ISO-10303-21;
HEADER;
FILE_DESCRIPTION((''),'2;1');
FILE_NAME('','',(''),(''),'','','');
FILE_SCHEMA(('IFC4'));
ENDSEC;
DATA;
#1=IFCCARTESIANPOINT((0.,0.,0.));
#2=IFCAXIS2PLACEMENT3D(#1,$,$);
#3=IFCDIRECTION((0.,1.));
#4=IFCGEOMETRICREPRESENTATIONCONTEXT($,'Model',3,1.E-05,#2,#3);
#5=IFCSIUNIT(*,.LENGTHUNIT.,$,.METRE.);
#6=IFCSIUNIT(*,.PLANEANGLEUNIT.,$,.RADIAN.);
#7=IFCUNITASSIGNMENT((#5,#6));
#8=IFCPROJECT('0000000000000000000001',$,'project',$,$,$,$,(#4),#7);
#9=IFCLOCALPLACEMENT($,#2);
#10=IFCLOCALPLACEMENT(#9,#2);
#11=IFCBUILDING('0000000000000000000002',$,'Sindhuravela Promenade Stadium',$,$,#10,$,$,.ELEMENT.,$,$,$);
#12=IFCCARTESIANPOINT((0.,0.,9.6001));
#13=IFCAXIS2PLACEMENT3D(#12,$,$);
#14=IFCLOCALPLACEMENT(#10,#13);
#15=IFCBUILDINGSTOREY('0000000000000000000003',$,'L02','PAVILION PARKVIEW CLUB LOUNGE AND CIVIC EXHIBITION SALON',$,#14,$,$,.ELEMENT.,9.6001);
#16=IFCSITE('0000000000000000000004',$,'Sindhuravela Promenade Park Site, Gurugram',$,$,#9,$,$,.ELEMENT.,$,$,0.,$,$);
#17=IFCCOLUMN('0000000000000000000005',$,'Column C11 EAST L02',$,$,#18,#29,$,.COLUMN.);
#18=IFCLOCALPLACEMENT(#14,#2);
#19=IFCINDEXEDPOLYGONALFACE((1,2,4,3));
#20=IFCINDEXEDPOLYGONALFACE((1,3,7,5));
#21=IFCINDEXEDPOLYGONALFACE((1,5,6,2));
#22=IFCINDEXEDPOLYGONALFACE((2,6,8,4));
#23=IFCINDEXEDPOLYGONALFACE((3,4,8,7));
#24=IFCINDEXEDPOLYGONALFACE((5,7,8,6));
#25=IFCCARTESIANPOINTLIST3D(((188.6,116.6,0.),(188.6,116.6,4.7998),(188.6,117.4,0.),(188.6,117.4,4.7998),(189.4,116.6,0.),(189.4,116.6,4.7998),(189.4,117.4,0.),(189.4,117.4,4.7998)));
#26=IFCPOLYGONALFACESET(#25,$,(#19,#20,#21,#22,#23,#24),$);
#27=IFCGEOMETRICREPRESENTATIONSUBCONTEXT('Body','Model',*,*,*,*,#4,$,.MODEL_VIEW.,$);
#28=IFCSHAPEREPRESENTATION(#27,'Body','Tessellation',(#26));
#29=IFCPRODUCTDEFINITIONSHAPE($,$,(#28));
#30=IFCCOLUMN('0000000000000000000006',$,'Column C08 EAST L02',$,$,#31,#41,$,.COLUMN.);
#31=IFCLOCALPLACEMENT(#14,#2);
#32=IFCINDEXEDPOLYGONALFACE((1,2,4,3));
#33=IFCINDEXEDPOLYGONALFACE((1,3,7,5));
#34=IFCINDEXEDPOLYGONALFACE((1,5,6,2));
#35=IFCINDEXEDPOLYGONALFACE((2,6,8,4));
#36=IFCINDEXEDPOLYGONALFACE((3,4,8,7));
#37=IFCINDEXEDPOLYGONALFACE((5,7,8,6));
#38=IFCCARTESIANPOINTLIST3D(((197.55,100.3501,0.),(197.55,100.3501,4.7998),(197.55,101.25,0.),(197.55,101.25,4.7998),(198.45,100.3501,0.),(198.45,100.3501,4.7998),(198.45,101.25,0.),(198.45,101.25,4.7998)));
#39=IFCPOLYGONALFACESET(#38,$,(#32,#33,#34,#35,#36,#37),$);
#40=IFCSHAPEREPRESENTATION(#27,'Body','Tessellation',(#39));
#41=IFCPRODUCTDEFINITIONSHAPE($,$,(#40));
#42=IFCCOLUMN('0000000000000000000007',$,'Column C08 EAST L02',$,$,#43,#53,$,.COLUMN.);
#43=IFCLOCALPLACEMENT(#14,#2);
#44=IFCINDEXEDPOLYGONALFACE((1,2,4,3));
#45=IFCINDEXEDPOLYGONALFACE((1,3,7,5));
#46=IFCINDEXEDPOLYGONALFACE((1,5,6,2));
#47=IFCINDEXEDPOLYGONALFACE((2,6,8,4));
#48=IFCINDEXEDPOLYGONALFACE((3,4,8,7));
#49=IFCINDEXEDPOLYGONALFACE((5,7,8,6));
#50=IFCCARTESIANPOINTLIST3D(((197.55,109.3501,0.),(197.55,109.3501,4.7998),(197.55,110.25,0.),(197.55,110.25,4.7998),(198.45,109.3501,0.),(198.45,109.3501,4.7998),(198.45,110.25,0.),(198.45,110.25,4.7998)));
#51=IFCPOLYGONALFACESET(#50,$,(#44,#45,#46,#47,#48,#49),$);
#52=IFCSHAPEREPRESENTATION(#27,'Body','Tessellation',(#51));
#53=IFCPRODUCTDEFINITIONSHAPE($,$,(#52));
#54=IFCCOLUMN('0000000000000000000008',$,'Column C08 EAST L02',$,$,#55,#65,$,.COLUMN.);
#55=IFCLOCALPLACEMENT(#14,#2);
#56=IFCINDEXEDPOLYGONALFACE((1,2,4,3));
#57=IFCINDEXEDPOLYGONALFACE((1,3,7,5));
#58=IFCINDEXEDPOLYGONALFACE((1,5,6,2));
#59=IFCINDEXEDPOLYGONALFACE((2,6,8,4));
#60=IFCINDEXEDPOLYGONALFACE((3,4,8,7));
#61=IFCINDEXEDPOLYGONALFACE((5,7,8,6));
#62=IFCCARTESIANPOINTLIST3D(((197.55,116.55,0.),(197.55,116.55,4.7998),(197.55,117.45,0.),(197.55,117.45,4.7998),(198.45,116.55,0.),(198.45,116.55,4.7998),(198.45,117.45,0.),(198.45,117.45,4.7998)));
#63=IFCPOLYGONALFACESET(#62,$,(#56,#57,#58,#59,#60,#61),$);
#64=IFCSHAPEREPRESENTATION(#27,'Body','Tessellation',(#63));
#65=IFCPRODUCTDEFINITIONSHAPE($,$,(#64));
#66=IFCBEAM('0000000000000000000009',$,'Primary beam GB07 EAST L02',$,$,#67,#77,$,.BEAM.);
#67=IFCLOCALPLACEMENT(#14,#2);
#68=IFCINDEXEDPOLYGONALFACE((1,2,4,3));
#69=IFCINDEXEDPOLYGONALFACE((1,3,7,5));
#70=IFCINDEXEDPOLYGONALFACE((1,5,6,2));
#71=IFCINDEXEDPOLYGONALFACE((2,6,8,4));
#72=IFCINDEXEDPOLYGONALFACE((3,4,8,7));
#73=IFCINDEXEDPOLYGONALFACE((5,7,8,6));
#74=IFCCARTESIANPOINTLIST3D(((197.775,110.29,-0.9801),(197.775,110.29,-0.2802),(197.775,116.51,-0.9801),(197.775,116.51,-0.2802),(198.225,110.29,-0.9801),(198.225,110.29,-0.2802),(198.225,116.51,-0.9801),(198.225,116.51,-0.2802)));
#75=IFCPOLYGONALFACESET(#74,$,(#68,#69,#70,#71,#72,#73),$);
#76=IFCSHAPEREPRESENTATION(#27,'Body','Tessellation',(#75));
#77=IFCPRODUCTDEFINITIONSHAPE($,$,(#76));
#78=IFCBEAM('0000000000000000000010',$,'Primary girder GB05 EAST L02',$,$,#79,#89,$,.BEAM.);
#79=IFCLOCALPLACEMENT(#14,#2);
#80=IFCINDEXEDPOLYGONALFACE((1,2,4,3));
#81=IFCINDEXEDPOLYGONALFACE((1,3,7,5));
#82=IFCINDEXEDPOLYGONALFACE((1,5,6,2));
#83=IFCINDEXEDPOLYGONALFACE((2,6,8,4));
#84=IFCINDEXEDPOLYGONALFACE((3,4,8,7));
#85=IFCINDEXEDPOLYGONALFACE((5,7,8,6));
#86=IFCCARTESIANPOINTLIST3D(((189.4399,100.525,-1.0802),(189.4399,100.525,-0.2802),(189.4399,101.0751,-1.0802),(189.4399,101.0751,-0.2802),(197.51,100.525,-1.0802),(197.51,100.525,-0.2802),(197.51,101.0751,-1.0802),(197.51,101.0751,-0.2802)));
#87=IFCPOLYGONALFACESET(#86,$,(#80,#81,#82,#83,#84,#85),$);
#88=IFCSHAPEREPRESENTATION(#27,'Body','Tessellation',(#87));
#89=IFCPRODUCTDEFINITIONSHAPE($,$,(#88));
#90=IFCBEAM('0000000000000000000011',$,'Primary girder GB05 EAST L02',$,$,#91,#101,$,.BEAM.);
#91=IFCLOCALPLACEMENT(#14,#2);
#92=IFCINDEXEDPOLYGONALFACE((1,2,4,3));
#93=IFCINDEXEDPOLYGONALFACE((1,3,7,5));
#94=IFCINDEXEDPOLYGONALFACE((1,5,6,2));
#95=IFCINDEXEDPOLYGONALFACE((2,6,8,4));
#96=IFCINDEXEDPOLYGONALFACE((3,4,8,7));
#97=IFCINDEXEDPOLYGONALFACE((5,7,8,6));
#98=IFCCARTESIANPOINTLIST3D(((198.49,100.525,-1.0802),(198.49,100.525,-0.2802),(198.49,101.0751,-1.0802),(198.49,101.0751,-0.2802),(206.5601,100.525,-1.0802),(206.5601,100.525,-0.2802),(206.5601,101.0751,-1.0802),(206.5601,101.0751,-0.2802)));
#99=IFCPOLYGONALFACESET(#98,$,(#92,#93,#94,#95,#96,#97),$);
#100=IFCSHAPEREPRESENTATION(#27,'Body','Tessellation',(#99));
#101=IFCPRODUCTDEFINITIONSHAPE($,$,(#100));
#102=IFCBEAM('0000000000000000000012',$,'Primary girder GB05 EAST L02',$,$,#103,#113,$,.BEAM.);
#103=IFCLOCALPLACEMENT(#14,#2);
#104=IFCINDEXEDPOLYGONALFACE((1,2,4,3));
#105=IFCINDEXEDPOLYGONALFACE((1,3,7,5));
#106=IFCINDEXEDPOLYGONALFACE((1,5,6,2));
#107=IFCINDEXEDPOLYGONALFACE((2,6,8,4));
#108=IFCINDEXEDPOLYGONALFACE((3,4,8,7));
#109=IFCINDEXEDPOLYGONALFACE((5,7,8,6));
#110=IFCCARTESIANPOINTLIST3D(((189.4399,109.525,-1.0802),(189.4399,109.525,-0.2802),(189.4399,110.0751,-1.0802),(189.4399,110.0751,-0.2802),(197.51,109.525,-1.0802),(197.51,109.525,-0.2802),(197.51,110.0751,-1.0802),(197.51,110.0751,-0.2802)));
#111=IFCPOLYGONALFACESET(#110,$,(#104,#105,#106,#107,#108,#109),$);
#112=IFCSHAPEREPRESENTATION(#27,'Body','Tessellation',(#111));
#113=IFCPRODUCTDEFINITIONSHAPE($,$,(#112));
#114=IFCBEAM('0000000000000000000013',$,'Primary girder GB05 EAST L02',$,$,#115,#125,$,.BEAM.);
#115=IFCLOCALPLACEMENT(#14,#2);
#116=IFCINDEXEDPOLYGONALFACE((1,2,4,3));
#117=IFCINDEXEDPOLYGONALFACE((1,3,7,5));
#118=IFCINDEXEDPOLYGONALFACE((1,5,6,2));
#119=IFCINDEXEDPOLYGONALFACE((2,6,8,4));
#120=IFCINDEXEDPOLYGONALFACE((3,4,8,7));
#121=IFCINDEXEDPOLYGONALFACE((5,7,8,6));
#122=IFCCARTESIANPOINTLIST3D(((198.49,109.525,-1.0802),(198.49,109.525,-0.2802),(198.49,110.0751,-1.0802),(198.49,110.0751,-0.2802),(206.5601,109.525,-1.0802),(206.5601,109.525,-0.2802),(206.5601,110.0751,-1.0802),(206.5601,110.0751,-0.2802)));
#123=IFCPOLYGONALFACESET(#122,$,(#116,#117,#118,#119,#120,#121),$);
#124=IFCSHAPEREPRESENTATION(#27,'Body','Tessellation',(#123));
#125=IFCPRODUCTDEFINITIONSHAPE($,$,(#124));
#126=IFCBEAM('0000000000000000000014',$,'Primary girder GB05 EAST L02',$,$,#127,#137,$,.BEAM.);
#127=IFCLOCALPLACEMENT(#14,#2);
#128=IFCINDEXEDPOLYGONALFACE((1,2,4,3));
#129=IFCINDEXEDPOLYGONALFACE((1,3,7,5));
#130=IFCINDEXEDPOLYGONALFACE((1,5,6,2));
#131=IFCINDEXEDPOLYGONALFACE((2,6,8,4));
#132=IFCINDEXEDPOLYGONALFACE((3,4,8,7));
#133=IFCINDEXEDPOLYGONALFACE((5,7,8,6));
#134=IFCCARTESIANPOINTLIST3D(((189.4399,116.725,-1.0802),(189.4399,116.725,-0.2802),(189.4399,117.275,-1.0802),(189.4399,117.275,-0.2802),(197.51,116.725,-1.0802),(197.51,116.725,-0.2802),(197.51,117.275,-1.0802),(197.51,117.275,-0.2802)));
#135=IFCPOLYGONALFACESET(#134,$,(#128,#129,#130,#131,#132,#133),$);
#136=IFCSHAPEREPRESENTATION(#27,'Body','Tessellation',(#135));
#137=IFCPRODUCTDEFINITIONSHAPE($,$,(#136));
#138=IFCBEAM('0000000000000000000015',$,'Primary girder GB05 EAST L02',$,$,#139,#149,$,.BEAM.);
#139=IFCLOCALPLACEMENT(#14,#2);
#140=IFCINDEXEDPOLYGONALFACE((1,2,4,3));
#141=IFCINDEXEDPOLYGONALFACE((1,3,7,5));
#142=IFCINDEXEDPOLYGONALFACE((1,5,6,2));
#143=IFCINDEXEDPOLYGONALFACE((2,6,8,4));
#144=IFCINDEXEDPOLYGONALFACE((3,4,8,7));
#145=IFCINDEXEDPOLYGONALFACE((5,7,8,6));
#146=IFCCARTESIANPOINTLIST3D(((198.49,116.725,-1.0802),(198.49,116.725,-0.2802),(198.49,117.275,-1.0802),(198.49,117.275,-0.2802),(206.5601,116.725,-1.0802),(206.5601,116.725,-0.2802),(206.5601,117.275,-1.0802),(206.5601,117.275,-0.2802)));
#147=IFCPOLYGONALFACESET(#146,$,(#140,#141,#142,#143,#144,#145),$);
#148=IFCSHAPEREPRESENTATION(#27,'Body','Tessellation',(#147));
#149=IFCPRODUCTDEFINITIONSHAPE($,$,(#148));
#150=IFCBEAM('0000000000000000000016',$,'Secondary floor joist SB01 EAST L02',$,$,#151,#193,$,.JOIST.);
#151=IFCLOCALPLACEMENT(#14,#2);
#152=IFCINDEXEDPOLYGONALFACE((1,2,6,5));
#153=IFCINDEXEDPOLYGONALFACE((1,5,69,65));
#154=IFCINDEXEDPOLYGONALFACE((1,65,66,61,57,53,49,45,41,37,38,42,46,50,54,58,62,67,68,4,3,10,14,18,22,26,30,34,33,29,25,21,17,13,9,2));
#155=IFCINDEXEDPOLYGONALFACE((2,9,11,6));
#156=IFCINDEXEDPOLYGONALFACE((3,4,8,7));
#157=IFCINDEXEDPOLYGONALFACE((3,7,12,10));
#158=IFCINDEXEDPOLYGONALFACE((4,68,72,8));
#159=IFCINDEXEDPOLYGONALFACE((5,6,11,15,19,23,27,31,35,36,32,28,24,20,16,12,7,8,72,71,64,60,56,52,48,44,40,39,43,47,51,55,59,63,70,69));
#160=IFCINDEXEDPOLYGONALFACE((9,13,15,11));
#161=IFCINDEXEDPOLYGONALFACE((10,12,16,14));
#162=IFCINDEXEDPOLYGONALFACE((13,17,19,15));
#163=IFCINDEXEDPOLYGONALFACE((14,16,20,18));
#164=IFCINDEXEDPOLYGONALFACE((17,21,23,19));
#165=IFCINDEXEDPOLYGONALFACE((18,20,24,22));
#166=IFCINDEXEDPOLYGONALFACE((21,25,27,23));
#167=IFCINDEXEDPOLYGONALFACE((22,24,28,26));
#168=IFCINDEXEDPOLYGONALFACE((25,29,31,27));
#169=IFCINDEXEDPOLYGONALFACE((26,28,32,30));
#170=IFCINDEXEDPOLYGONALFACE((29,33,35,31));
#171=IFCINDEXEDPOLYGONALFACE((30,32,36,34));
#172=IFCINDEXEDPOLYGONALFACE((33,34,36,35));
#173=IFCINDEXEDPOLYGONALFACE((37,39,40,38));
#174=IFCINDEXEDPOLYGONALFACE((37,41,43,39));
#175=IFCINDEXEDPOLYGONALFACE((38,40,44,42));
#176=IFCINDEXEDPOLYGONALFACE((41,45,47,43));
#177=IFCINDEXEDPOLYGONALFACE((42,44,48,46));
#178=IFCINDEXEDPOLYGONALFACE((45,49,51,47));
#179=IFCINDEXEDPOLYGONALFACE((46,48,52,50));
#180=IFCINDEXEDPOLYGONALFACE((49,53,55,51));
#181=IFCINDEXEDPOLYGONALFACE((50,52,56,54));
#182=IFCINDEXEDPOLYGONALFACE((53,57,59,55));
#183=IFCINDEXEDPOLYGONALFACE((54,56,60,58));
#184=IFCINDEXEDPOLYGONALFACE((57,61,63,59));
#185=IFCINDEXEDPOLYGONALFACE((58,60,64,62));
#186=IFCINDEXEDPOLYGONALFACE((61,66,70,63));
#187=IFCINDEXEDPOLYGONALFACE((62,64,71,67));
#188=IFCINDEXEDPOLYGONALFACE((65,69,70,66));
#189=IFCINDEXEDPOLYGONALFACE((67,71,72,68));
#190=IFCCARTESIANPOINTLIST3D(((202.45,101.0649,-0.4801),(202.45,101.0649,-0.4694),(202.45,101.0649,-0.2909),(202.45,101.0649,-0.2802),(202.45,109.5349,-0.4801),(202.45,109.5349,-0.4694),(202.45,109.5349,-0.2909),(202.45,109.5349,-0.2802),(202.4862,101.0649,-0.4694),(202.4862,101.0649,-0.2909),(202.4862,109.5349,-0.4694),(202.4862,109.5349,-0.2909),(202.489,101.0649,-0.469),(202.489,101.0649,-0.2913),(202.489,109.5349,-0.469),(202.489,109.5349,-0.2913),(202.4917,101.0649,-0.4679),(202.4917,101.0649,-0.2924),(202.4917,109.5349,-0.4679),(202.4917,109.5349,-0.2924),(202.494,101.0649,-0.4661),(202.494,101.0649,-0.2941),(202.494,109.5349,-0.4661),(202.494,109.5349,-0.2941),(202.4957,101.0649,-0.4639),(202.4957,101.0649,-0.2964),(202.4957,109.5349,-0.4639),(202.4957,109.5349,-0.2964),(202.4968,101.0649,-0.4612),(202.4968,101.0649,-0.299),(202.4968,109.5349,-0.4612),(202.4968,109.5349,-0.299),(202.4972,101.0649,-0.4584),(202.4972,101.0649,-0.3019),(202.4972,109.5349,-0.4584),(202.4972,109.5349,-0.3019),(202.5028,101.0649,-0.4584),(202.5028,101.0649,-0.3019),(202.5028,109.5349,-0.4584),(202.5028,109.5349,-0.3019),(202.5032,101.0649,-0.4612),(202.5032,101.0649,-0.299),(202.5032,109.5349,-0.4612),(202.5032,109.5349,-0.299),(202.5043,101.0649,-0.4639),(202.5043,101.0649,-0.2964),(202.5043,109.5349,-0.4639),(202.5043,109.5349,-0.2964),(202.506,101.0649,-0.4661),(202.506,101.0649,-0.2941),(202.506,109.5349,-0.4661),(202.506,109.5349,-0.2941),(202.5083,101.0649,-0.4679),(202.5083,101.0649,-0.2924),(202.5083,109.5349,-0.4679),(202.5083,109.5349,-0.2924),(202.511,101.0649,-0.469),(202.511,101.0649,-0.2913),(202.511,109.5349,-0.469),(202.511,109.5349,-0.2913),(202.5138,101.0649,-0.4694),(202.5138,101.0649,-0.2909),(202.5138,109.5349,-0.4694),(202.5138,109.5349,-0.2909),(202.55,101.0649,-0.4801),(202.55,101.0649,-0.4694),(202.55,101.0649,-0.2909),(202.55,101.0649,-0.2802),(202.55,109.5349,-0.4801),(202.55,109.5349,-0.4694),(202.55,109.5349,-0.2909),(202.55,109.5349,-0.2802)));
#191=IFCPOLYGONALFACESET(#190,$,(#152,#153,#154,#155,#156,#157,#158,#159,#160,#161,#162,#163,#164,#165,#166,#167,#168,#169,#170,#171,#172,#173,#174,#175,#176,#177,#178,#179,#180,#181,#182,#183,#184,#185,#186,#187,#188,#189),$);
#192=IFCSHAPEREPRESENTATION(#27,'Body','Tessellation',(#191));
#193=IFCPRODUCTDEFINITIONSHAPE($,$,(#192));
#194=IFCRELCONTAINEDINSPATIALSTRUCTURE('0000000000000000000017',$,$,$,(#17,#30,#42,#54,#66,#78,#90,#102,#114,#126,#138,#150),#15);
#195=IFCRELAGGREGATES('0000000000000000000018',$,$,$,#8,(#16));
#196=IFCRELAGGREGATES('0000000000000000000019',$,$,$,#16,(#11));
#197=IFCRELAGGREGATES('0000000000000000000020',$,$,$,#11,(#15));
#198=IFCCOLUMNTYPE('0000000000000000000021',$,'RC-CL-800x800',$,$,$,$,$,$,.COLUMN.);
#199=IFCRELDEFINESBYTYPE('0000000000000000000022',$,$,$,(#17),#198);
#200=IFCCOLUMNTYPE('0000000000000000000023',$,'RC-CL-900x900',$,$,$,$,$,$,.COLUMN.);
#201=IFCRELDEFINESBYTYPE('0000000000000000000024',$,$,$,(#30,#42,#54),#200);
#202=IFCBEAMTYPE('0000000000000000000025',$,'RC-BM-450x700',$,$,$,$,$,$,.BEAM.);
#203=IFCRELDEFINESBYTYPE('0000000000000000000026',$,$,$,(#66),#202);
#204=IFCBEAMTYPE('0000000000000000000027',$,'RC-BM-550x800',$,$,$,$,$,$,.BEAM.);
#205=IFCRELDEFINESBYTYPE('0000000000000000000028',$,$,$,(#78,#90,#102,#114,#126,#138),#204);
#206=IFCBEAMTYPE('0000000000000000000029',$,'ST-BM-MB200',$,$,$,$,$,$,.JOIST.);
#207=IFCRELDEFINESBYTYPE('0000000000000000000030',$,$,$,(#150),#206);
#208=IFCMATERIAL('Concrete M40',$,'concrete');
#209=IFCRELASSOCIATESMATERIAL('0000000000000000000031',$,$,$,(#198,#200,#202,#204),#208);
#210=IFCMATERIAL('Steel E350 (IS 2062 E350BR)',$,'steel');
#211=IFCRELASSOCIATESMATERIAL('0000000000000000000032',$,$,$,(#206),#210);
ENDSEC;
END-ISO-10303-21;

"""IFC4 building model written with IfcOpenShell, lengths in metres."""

from ifc_helpers import new_model, si_unit, direction, frame, origin, origin_2d, place, context, subcontext, project, spatial, rectangle, i_section, extrude, material, material_profile, profile_set, type_object, element, save


model = new_model("IFC4")

# Units and contexts
model_context = context("Model", 3, precision=1e-05, world=origin(), true_north=direction((0.0, 1.0)))
body_context = subcontext(model_context, "Body", "Model", "MODEL_VIEW")
ifc_project = project(units=[si_unit("LENGTHUNIT", "METRE"), si_unit("PLANEANGLEUNIT", "RADIAN")], contexts=[model_context])

# Site, building, storey
site_placement = place(None, origin())
site = spatial("IfcSite", under=ifc_project, at=site_placement, Name="Sindhuravela Promenade Park Site, Gurugram", CompositionType="ELEMENT", RefElevation=0.0)
building_placement = place(site_placement, origin())
building = spatial("IfcBuilding", under=site, at=building_placement, Name="Sindhuravela Promenade Stadium", CompositionType="ELEMENT")
storey_placement = place(building_placement, frame((0.0, 0.0, 9.6001)))
storey = spatial("IfcBuildingStorey", under=building, at=storey_placement, Name="L02", Description="PAVILION PARKVIEW CLUB LOUNGE AND CIVIC EXHIBITION SALON", CompositionType="ELEMENT", Elevation=9.6001)

# Columns
ifc_material_1 = material(Name="Concrete M40", Category="concrete")
ifc_material_profile_1 = material_profile(ifc_material_1, rectangle(XDim=0.8, YDim=0.8, at=origin_2d()), Name="RC 800x800")
ifc_profile_set_1 = profile_set([ifc_material_profile_1], Name="Concrete M40")
column_type_1 = type_object("IfcColumnType", Name="RC-CL-800x800", PredefinedType="COLUMN", material=ifc_profile_set_1)
column_placement = place(storey_placement, frame((189.0, 117.0, 0.0), z_axis=(0.0, 0.0, 1.0), x_axis=(1.0, 0.0, 0.0)))
element("IfcColumn", 1, at=column_placement, inside=storey, type_object=column_type_1, Name="Column C11 EAST L02", PredefinedType="COLUMN", context=body_context, shape_type="SweptSolid", body=[
    extrude(rectangle(XDim=0.8, YDim=0.8, at=origin_2d()), origin(), (0.0, 0.0, 1.0), 4.7998),
])
ifc_material_profile_2 = material_profile(ifc_material_1, rectangle(XDim=0.8999, YDim=0.8999, at=origin_2d()), Name="RC 900x900")
ifc_profile_set_2 = profile_set([ifc_material_profile_2], Name="Concrete M40")
column_type_2 = type_object("IfcColumnType", Name="RC-CL-900x900", PredefinedType="COLUMN", material=ifc_profile_set_2)
for number, where, z_axis, x_axis, name in (
    (2, (198.0, 100.8, 0.0), (0.0, 0.0, 1.0), (1.0, 0.0, 0.0), "Column C08 EAST L02"),
    (3, (198.0, 109.8, 0.0), (0.0, 0.0, 1.0), (1.0, 0.0, 0.0), "Column C08 EAST L02"),
    (4, (198.0, 117.0, 0.0), (0.0, 0.0, 1.0), (1.0, 0.0, 0.0), "Column C08 EAST L02"),
):
    element("IfcColumn", number, at=place(storey_placement, frame(where, z_axis=z_axis, x_axis=x_axis)), inside=storey, type_object=column_type_2, Name=name, PredefinedType="COLUMN", context=body_context, shape_type="SweptSolid", body=[
        extrude(rectangle(XDim=0.8999, YDim=0.8999, at=origin_2d()), origin(), (0.0, 0.0, 1.0), 4.7998),
    ])

# Beams
ifc_material_profile_3 = material_profile(ifc_material_1, rectangle(XDim=0.45, YDim=0.7, at=origin_2d()), Name="RC 450x700")
ifc_profile_set_3 = profile_set([ifc_material_profile_3], Name="Concrete M40")
beam_type_1 = type_object("IfcBeamType", Name="RC-BM-450x700", PredefinedType="BEAM", material=ifc_profile_set_3)
beam_1_placement = place(storey_placement, frame((198.0, 110.29, -0.6301), z_axis=(0.0, 1.0, 0.0), x_axis=(-1.0, 0.0, 0.0)))
element("IfcBeam", 5, at=beam_1_placement, inside=storey, type_object=beam_type_1, Name="Primary beam GB07 EAST L02", PredefinedType="BEAM", context=body_context, shape_type="SweptSolid", body=[
    extrude(rectangle(XDim=0.45, YDim=0.7, at=origin_2d()), origin(), (0.0, 0.0, 1.0), 6.22),
])
ifc_material_profile_4 = material_profile(ifc_material_1, rectangle(XDim=0.55, YDim=0.8, at=origin_2d()), Name="RC 550x800")
ifc_profile_set_4 = profile_set([ifc_material_profile_4], Name="Concrete M40")
beam_type_2 = type_object("IfcBeamType", Name="RC-BM-550x800", PredefinedType="BEAM", material=ifc_profile_set_4)
for number, where, z_axis, x_axis, name in (
    (6, (189.4399, 100.8, -0.6802), (1.0, 0.0, 0.0), (0.0, 1.0, 0.0), "Primary girder GB05 EAST L02"),
    (7, (198.49, 100.8, -0.6802), (1.0, 0.0, 0.0), (0.0, 1.0, 0.0), "Primary girder GB05 EAST L02"),
    (8, (189.4399, 109.8, -0.6802), (1.0, 0.0, 0.0), (0.0, 1.0, 0.0), "Primary girder GB05 EAST L02"),
    (9, (198.49, 109.8, -0.6802), (1.0, 0.0, 0.0), (0.0, 1.0, 0.0), "Primary girder GB05 EAST L02"),
    (10, (189.4399, 117.0, -0.6802), (1.0, 0.0, 0.0), (0.0, 1.0, 0.0), "Primary girder GB05 EAST L02"),
    (11, (198.49, 117.0, -0.6802), (1.0, 0.0, 0.0), (0.0, 1.0, 0.0), "Primary girder GB05 EAST L02"),
):
    element("IfcBeam", number, at=place(storey_placement, frame(where, z_axis=z_axis, x_axis=x_axis)), inside=storey, type_object=beam_type_2, Name=name, PredefinedType="BEAM", context=body_context, shape_type="SweptSolid", body=[
        extrude(rectangle(XDim=0.55, YDim=0.8, at=origin_2d()), origin(), (0.0, 0.0, 1.0), 8.0701),
    ])
ifc_material_2 = material(Name="Steel E350 (IS 2062 E350BR)", Category="steel")
ifc_material_profile_5 = material_profile(ifc_material_2, i_section(OverallWidth=0.1001, OverallDepth=0.2, WebThickness=0.0056, FlangeThickness=0.0107, FilletRadius=0.011, at=origin_2d()), Name="ISMB 200")
ifc_profile_set_5 = profile_set([ifc_material_profile_5], Name="Steel E350 (IS 2062 E350BR)")
beam_type_3 = type_object("IfcBeamType", Name="ST-BM-MB200", PredefinedType="JOIST", material=ifc_profile_set_5)
beam_2_placement = place(storey_placement, frame((202.5, 101.0649, -0.3801), z_axis=(0.0, 1.0, 0.0), x_axis=(-1.0, 0.0, 0.0)))
element("IfcBeam", 12, at=beam_2_placement, inside=storey, type_object=beam_type_3, Name="Secondary floor joist SB01 EAST L02", PredefinedType="JOIST", context=body_context, shape_type="SweptSolid", body=[
    extrude(i_section(OverallWidth=0.1001, OverallDepth=0.2, WebThickness=0.0056, FlangeThickness=0.0107, FilletRadius=0.011, at=origin_2d()), origin(), (0.0, 0.0, 1.0), 8.47),
])

save(model, "model.ifc")
